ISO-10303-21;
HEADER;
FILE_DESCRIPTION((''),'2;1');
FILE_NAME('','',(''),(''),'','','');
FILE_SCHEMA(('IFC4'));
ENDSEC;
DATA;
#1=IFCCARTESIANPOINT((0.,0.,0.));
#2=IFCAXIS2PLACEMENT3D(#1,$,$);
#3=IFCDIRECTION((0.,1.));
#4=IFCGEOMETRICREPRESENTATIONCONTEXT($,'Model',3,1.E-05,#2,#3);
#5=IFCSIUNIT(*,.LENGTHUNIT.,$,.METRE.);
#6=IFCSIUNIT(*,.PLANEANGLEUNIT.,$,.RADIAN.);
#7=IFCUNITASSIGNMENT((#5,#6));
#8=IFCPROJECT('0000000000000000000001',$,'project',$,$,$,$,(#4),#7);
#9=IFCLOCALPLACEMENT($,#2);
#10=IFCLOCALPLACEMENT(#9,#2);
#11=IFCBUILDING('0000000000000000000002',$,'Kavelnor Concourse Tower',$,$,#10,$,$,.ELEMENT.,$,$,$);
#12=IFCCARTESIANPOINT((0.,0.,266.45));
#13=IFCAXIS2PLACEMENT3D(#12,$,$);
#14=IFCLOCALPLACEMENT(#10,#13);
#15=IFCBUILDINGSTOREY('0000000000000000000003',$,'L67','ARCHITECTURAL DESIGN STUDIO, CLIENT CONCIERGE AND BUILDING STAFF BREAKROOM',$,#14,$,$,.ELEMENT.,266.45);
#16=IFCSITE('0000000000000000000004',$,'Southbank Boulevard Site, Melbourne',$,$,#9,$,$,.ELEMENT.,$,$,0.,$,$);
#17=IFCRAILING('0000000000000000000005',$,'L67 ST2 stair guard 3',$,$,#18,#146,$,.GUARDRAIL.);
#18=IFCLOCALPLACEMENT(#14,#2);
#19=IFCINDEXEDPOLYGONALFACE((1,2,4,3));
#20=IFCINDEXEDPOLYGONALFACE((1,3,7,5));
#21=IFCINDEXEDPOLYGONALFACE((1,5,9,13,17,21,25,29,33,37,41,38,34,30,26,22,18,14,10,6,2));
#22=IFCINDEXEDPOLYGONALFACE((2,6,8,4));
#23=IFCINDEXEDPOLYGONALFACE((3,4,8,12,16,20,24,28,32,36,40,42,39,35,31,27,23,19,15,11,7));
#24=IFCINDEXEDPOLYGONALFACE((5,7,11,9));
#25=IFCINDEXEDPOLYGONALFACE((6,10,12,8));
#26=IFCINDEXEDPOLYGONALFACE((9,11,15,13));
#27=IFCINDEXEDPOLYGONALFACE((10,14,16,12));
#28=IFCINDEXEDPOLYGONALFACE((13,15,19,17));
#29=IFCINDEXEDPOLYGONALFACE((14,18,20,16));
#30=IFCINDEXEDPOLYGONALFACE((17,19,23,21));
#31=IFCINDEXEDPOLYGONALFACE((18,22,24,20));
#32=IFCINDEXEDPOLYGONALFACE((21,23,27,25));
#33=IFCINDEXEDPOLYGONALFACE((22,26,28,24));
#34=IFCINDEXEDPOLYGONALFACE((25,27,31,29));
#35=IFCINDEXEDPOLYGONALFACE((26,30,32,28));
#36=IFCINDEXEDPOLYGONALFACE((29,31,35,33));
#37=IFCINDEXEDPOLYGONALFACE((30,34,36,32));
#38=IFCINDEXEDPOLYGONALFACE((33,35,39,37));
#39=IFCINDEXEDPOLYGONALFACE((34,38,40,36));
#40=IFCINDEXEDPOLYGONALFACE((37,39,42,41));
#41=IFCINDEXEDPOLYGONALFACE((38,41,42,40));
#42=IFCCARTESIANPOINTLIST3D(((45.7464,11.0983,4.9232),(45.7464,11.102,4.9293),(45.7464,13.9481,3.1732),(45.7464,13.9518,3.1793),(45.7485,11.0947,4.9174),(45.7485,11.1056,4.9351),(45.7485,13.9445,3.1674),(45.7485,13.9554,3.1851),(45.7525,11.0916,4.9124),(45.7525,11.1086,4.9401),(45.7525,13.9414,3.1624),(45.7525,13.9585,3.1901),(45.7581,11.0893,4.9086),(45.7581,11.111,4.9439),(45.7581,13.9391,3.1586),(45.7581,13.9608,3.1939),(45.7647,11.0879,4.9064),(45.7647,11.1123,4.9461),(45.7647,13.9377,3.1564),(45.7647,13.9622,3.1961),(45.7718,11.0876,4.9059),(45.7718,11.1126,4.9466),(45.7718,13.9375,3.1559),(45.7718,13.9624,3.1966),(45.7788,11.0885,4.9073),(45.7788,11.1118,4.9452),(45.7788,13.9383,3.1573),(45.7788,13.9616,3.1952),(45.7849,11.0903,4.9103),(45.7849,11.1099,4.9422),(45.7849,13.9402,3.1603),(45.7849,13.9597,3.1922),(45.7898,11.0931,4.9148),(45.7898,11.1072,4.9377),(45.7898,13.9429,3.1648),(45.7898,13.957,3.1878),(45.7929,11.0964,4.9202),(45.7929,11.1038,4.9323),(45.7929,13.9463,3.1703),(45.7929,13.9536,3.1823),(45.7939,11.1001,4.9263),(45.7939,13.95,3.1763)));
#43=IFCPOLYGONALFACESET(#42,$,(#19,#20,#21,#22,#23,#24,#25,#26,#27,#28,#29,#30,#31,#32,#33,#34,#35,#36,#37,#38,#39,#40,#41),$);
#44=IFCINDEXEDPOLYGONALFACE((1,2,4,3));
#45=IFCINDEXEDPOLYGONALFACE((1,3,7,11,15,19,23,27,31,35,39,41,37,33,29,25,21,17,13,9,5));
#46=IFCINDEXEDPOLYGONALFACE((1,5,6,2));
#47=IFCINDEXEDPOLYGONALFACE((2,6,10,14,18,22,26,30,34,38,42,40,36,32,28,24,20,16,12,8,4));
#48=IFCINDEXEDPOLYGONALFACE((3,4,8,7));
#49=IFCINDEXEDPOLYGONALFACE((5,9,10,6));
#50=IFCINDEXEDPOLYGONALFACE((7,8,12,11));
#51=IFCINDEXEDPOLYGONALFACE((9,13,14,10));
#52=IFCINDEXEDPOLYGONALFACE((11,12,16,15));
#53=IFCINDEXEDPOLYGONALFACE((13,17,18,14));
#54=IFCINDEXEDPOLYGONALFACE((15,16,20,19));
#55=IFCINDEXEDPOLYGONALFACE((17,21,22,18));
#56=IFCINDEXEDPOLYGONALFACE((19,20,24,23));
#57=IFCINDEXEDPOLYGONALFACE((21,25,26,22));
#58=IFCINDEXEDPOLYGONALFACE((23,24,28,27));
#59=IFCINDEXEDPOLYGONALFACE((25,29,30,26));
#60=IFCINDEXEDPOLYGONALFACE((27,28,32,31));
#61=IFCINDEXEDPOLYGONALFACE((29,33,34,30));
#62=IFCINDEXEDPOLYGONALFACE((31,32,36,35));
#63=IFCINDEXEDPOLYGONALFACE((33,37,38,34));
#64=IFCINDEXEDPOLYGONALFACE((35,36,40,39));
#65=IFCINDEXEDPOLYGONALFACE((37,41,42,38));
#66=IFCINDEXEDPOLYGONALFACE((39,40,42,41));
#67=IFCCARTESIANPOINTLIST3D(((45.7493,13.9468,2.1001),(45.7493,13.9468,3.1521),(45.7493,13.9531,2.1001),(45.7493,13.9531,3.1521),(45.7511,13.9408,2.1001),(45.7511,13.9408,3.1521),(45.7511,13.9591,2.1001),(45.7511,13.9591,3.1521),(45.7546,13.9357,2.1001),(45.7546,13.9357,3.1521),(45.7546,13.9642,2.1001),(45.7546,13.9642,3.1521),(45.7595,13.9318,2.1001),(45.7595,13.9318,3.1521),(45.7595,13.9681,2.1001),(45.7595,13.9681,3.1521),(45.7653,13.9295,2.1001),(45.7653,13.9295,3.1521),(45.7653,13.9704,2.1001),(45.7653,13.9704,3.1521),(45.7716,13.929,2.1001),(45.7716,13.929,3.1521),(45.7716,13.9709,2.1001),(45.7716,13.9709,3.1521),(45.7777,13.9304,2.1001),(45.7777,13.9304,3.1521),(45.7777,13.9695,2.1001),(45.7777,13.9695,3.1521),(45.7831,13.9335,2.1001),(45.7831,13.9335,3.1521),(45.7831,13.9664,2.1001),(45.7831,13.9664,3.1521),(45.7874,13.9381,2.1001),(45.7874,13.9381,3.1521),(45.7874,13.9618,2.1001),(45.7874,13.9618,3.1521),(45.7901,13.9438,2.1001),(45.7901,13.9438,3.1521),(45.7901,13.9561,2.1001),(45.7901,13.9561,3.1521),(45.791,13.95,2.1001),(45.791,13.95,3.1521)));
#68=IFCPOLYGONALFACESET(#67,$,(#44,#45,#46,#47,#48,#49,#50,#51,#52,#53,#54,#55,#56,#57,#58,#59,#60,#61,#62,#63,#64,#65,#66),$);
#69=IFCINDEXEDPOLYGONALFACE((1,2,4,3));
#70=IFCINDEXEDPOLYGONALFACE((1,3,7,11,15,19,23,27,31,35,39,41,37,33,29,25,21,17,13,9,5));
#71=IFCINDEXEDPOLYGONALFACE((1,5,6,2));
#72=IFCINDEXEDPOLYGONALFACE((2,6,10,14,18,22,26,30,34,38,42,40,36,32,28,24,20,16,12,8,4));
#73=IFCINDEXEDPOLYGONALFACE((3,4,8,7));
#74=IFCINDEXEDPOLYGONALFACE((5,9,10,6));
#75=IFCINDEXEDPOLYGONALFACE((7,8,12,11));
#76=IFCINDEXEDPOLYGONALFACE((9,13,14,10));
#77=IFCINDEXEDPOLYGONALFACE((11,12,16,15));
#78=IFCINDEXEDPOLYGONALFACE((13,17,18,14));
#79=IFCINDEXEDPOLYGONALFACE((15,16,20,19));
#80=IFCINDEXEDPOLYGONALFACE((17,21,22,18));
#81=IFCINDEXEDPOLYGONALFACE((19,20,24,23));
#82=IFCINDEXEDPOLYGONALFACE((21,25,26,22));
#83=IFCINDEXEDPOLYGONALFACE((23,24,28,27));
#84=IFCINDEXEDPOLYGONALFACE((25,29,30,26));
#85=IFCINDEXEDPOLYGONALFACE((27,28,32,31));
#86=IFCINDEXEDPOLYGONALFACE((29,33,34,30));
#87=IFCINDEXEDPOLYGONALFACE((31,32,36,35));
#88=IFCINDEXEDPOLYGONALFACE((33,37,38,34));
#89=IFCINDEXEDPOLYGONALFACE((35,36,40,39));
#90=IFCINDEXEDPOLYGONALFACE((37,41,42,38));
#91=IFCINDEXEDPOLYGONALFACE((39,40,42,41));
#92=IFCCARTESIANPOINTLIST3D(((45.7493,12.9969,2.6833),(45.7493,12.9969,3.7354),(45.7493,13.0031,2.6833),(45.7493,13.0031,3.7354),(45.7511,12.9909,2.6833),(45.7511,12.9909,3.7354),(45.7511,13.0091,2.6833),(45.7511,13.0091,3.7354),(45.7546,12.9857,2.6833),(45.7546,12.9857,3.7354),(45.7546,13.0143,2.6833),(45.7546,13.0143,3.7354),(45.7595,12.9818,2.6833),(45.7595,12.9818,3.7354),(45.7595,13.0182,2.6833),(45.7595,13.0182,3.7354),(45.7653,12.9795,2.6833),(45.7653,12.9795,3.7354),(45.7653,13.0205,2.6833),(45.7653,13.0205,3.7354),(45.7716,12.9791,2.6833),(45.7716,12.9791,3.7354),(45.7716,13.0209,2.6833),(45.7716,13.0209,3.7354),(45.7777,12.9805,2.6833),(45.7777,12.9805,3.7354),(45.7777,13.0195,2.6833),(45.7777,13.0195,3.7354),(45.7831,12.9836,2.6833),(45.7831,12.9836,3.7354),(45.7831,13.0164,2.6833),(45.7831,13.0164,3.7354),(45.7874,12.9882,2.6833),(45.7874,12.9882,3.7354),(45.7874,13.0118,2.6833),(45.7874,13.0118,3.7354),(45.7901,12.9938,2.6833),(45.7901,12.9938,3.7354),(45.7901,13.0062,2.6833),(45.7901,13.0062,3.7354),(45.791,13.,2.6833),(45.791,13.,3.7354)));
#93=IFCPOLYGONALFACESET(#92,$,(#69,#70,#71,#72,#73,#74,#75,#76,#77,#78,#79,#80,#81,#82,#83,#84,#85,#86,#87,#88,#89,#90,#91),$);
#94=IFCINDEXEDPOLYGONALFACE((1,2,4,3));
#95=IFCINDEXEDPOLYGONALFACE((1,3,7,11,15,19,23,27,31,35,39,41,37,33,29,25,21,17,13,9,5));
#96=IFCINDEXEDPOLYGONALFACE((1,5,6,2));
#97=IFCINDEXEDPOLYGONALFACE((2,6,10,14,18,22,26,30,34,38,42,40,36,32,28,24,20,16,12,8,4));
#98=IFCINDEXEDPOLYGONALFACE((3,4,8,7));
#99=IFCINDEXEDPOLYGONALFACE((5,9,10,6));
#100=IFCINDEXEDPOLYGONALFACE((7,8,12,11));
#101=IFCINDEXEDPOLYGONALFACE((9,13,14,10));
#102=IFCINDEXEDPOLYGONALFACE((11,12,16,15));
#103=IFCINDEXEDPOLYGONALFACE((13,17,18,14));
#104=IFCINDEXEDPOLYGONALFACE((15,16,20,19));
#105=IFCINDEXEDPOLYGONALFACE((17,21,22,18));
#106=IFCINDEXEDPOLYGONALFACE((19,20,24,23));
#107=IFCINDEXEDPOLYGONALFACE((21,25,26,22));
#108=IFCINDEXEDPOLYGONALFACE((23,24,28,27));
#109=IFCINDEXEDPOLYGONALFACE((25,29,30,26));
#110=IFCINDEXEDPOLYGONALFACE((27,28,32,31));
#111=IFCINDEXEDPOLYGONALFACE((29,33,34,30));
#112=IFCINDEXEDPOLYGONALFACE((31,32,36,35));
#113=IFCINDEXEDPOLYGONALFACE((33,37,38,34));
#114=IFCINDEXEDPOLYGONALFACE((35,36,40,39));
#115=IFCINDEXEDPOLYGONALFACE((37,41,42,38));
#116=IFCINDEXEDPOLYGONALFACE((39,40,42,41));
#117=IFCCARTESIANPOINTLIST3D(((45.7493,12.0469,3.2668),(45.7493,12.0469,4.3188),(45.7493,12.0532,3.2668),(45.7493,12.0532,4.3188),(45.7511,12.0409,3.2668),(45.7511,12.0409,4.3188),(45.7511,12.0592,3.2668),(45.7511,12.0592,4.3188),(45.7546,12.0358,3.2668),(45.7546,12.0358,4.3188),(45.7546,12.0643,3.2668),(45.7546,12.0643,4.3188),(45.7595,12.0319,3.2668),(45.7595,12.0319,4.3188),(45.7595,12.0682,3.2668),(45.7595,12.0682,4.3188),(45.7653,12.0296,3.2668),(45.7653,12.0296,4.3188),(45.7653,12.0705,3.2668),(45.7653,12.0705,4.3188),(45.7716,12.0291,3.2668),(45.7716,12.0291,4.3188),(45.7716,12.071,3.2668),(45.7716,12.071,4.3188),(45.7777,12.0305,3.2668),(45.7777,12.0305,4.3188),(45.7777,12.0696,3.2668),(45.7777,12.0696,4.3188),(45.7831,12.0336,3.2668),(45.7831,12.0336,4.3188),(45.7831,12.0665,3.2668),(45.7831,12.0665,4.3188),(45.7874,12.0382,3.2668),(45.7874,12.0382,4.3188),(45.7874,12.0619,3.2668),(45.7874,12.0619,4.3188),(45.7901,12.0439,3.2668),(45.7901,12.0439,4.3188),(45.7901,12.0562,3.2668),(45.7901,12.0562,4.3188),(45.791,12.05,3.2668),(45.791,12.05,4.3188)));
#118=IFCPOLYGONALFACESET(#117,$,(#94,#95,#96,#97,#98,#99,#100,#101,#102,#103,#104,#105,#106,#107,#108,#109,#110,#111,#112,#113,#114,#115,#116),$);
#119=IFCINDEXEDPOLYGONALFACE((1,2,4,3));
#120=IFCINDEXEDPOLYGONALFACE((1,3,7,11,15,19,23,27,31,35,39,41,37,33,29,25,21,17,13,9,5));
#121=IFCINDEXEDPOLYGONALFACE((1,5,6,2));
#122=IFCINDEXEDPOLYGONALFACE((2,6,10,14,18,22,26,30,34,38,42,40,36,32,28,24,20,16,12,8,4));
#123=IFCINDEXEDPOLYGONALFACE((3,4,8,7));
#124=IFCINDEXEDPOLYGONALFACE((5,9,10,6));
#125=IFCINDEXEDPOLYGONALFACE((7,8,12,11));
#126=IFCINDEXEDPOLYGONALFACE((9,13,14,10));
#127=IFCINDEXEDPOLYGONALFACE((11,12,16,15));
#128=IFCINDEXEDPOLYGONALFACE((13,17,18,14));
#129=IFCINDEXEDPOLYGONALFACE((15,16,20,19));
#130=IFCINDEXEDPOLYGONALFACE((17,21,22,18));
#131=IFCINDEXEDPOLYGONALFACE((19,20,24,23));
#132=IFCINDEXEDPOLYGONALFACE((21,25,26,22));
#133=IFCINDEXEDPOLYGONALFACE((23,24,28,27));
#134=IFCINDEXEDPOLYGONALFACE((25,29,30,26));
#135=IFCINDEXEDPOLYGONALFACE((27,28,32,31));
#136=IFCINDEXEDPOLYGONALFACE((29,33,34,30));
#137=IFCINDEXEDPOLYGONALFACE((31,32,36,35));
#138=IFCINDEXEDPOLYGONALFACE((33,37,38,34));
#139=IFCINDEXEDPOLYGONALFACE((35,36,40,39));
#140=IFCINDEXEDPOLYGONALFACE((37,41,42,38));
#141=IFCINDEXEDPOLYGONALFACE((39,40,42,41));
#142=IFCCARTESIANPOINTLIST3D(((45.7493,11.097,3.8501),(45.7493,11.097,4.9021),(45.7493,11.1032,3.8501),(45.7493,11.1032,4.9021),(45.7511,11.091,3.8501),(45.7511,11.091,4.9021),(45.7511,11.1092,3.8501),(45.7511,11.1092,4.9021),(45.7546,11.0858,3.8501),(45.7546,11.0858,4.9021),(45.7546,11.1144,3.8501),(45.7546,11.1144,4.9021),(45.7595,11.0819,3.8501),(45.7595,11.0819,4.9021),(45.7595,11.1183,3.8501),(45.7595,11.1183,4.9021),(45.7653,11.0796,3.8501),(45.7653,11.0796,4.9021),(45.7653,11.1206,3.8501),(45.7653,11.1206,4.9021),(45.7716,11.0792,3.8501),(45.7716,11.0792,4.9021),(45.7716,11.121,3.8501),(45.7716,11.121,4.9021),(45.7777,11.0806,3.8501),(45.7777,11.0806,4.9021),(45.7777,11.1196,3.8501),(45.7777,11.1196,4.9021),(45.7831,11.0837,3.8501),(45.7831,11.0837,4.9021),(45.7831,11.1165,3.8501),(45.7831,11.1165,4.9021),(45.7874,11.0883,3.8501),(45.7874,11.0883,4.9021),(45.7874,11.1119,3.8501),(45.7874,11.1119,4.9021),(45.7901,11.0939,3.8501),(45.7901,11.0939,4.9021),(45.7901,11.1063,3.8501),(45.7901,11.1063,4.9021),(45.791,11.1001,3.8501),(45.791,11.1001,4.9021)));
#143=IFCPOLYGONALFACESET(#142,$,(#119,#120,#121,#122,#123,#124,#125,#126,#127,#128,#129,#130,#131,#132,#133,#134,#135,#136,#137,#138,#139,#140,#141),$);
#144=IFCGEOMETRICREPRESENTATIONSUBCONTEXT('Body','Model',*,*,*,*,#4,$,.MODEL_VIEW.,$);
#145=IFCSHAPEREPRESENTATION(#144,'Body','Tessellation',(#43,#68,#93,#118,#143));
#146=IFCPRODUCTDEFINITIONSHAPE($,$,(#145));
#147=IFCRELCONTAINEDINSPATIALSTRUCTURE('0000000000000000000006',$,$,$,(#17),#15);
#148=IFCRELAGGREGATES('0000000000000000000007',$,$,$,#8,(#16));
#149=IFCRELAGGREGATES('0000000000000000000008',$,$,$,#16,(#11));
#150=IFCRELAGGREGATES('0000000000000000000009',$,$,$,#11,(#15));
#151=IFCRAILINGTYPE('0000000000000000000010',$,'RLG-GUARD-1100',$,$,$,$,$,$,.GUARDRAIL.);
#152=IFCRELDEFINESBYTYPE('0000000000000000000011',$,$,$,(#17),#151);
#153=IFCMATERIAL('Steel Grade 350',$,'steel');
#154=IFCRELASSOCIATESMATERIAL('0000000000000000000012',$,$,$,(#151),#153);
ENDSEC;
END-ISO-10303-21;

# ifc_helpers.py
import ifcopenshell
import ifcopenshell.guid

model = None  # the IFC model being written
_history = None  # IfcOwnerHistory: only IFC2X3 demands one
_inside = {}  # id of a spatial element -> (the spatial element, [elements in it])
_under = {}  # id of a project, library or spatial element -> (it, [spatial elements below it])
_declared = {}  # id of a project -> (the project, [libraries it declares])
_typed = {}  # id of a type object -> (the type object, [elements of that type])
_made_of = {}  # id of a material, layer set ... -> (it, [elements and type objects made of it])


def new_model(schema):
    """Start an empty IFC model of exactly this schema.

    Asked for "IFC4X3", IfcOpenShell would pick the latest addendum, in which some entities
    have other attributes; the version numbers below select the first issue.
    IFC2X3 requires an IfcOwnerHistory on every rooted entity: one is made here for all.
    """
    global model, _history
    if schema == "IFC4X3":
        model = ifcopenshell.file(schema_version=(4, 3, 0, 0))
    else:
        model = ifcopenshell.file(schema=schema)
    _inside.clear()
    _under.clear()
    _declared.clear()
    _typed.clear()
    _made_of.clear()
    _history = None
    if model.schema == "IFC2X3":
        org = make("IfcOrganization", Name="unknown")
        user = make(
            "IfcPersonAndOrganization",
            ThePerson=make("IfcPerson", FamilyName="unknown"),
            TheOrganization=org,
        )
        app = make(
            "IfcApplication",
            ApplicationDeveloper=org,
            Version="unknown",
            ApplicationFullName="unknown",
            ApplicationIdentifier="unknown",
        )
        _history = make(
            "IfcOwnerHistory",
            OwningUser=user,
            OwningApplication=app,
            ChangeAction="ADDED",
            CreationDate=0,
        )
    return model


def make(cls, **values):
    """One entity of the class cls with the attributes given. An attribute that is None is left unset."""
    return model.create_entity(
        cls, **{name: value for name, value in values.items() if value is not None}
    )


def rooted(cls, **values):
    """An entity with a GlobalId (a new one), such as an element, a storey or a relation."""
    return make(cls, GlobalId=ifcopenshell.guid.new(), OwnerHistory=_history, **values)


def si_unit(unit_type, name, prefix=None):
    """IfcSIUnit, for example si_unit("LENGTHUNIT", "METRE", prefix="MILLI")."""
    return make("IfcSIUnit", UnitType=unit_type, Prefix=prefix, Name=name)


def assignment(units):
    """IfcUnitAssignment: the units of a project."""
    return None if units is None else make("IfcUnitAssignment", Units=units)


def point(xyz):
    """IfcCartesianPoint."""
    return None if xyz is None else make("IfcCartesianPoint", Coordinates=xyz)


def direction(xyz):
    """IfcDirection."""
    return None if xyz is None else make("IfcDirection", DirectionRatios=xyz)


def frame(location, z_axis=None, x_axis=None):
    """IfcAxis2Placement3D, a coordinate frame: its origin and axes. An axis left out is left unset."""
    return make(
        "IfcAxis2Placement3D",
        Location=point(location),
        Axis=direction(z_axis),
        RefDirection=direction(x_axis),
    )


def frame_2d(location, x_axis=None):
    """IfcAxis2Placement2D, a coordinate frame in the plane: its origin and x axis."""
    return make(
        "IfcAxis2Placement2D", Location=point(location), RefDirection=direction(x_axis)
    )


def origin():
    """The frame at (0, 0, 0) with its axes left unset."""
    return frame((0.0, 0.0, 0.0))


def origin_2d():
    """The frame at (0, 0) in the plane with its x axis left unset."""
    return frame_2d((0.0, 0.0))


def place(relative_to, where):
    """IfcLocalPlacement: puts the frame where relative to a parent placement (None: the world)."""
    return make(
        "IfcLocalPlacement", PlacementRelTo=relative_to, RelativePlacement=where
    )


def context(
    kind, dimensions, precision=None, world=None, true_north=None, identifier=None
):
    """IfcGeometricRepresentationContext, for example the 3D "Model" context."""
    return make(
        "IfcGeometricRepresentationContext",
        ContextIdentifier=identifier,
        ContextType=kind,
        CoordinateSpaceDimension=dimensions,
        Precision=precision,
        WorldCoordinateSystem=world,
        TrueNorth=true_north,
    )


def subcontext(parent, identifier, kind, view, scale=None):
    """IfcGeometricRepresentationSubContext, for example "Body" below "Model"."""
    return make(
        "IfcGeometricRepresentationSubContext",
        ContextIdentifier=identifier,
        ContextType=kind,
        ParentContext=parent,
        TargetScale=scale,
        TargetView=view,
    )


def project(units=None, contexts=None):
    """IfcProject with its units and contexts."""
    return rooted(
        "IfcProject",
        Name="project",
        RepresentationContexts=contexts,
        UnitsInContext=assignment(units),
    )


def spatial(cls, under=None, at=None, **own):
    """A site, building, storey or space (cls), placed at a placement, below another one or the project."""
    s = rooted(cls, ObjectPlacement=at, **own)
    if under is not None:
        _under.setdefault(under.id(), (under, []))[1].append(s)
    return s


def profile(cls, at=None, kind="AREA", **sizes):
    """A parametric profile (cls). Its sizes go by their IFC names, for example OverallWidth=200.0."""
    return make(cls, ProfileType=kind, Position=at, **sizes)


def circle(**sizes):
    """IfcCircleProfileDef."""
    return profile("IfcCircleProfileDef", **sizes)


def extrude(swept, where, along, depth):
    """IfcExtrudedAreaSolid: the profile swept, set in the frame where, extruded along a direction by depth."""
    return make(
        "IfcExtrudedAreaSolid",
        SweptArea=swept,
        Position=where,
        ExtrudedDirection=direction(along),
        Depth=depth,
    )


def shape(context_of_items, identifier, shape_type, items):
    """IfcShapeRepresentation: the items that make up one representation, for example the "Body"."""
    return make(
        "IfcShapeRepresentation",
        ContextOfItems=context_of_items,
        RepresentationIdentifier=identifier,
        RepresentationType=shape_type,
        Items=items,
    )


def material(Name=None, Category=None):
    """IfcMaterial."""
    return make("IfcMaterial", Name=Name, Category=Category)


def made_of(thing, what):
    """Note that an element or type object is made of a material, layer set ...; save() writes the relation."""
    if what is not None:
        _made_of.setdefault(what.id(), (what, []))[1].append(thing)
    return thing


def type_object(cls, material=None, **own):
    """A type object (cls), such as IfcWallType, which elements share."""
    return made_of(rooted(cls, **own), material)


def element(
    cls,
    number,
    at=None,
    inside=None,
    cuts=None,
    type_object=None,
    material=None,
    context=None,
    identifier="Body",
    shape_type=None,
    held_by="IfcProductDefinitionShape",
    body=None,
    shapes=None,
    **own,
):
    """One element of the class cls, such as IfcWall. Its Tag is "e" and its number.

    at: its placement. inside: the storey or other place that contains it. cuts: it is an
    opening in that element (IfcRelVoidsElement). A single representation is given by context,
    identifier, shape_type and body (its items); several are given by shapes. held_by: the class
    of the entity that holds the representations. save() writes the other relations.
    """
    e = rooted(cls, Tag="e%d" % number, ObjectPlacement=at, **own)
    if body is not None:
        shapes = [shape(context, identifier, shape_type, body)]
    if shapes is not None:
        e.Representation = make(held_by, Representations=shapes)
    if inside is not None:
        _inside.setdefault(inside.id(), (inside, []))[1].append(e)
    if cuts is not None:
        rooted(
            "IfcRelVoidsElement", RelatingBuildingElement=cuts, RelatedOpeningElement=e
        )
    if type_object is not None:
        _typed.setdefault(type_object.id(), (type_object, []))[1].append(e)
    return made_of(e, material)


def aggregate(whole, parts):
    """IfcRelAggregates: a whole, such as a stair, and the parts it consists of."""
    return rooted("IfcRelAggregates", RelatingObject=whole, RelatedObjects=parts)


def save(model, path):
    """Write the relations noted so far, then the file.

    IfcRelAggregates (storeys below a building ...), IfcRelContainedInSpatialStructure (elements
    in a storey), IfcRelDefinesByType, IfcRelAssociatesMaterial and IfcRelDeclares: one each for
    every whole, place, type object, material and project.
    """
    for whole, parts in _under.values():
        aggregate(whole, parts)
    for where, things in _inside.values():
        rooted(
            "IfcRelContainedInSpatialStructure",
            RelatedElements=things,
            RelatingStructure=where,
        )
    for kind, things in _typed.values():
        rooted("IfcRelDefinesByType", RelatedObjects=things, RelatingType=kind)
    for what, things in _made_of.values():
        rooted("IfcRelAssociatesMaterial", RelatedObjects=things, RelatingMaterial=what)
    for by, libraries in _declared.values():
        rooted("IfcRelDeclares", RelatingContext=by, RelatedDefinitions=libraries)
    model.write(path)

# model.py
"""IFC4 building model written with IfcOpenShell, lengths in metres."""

from ifc_helpers import new_model, si_unit, direction, frame, origin, origin_2d, place, context, subcontext, project, spatial, circle, extrude, material, type_object, element, save


model = new_model("IFC4")

# Units and contexts
model_context = context("Model", 3, precision=1e-05, world=origin(), true_north=direction((0.0, 1.0)))
body_context = subcontext(model_context, "Body", "Model", "MODEL_VIEW")
ifc_project = project(units=[si_unit("LENGTHUNIT", "METRE"), si_unit("PLANEANGLEUNIT", "RADIAN")], contexts=[model_context])

# Site, building, storey
site_placement = place(None, origin())
site = spatial("IfcSite", under=ifc_project, at=site_placement, Name="Southbank Boulevard Site, Melbourne", CompositionType="ELEMENT", RefElevation=0.0)
building_placement = place(site_placement, origin())
building = spatial("IfcBuilding", under=site, at=building_placement, Name="Kavelnor Concourse Tower", CompositionType="ELEMENT")
storey_placement = place(building_placement, frame((0.0, 0.0, 266.45)))
storey = spatial("IfcBuildingStorey", under=building, at=storey_placement, Name="L67", Description="ARCHITECTURAL DESIGN STUDIO, CLIENT CONCIERGE AND BUILDING STAFF BREAKROOM", CompositionType="ELEMENT", Elevation=266.45)

# Shared definitions
ifc_material_1 = material(Name="Steel Grade 350", Category="steel")

# Railing
railing_type_1 = type_object("IfcRailingType", Name="RLG-GUARD-1100", PredefinedType="GUARDRAIL", material=ifc_material_1)
railing_1_placement = place(storey_placement, frame((45.77, 13.95, 2.1001)))
element("IfcRailing", 1, at=railing_1_placement, inside=storey, type_object=railing_type_1, Name="L67 ST2 stair guard 3", PredefinedType="GUARDRAIL", context=body_context, shape_type="SweptSolid", body=[
    extrude(circle(Radius=0.0239, at=origin_2d()), frame((0.0, 0.0, 1.0762), z_axis=(0.0, -0.852159, 0.523283), x_axis=(1.0, 0.0, 0.0)), (0.0, 0.0, 1.0), 3.3442),
    extrude(circle(Radius=0.021, at=origin_2d()), origin(), (0.0, 0.0, 1.0), 1.052),
    extrude(circle(Radius=0.021, at=origin_2d()), frame((0.0, -0.95, 0.5833)), (0.0, 0.0, 1.0), 1.052),
    extrude(circle(Radius=0.021, at=origin_2d()), frame((0.0, -1.8999, 1.1667)), (0.0, 0.0, 1.0), 1.052),
    extrude(circle(Radius=0.021, at=origin_2d()), frame((0.0, -2.8499, 1.75)), (0.0, 0.0, 1.0), 1.052),
])

save(model, "model.ifc")
